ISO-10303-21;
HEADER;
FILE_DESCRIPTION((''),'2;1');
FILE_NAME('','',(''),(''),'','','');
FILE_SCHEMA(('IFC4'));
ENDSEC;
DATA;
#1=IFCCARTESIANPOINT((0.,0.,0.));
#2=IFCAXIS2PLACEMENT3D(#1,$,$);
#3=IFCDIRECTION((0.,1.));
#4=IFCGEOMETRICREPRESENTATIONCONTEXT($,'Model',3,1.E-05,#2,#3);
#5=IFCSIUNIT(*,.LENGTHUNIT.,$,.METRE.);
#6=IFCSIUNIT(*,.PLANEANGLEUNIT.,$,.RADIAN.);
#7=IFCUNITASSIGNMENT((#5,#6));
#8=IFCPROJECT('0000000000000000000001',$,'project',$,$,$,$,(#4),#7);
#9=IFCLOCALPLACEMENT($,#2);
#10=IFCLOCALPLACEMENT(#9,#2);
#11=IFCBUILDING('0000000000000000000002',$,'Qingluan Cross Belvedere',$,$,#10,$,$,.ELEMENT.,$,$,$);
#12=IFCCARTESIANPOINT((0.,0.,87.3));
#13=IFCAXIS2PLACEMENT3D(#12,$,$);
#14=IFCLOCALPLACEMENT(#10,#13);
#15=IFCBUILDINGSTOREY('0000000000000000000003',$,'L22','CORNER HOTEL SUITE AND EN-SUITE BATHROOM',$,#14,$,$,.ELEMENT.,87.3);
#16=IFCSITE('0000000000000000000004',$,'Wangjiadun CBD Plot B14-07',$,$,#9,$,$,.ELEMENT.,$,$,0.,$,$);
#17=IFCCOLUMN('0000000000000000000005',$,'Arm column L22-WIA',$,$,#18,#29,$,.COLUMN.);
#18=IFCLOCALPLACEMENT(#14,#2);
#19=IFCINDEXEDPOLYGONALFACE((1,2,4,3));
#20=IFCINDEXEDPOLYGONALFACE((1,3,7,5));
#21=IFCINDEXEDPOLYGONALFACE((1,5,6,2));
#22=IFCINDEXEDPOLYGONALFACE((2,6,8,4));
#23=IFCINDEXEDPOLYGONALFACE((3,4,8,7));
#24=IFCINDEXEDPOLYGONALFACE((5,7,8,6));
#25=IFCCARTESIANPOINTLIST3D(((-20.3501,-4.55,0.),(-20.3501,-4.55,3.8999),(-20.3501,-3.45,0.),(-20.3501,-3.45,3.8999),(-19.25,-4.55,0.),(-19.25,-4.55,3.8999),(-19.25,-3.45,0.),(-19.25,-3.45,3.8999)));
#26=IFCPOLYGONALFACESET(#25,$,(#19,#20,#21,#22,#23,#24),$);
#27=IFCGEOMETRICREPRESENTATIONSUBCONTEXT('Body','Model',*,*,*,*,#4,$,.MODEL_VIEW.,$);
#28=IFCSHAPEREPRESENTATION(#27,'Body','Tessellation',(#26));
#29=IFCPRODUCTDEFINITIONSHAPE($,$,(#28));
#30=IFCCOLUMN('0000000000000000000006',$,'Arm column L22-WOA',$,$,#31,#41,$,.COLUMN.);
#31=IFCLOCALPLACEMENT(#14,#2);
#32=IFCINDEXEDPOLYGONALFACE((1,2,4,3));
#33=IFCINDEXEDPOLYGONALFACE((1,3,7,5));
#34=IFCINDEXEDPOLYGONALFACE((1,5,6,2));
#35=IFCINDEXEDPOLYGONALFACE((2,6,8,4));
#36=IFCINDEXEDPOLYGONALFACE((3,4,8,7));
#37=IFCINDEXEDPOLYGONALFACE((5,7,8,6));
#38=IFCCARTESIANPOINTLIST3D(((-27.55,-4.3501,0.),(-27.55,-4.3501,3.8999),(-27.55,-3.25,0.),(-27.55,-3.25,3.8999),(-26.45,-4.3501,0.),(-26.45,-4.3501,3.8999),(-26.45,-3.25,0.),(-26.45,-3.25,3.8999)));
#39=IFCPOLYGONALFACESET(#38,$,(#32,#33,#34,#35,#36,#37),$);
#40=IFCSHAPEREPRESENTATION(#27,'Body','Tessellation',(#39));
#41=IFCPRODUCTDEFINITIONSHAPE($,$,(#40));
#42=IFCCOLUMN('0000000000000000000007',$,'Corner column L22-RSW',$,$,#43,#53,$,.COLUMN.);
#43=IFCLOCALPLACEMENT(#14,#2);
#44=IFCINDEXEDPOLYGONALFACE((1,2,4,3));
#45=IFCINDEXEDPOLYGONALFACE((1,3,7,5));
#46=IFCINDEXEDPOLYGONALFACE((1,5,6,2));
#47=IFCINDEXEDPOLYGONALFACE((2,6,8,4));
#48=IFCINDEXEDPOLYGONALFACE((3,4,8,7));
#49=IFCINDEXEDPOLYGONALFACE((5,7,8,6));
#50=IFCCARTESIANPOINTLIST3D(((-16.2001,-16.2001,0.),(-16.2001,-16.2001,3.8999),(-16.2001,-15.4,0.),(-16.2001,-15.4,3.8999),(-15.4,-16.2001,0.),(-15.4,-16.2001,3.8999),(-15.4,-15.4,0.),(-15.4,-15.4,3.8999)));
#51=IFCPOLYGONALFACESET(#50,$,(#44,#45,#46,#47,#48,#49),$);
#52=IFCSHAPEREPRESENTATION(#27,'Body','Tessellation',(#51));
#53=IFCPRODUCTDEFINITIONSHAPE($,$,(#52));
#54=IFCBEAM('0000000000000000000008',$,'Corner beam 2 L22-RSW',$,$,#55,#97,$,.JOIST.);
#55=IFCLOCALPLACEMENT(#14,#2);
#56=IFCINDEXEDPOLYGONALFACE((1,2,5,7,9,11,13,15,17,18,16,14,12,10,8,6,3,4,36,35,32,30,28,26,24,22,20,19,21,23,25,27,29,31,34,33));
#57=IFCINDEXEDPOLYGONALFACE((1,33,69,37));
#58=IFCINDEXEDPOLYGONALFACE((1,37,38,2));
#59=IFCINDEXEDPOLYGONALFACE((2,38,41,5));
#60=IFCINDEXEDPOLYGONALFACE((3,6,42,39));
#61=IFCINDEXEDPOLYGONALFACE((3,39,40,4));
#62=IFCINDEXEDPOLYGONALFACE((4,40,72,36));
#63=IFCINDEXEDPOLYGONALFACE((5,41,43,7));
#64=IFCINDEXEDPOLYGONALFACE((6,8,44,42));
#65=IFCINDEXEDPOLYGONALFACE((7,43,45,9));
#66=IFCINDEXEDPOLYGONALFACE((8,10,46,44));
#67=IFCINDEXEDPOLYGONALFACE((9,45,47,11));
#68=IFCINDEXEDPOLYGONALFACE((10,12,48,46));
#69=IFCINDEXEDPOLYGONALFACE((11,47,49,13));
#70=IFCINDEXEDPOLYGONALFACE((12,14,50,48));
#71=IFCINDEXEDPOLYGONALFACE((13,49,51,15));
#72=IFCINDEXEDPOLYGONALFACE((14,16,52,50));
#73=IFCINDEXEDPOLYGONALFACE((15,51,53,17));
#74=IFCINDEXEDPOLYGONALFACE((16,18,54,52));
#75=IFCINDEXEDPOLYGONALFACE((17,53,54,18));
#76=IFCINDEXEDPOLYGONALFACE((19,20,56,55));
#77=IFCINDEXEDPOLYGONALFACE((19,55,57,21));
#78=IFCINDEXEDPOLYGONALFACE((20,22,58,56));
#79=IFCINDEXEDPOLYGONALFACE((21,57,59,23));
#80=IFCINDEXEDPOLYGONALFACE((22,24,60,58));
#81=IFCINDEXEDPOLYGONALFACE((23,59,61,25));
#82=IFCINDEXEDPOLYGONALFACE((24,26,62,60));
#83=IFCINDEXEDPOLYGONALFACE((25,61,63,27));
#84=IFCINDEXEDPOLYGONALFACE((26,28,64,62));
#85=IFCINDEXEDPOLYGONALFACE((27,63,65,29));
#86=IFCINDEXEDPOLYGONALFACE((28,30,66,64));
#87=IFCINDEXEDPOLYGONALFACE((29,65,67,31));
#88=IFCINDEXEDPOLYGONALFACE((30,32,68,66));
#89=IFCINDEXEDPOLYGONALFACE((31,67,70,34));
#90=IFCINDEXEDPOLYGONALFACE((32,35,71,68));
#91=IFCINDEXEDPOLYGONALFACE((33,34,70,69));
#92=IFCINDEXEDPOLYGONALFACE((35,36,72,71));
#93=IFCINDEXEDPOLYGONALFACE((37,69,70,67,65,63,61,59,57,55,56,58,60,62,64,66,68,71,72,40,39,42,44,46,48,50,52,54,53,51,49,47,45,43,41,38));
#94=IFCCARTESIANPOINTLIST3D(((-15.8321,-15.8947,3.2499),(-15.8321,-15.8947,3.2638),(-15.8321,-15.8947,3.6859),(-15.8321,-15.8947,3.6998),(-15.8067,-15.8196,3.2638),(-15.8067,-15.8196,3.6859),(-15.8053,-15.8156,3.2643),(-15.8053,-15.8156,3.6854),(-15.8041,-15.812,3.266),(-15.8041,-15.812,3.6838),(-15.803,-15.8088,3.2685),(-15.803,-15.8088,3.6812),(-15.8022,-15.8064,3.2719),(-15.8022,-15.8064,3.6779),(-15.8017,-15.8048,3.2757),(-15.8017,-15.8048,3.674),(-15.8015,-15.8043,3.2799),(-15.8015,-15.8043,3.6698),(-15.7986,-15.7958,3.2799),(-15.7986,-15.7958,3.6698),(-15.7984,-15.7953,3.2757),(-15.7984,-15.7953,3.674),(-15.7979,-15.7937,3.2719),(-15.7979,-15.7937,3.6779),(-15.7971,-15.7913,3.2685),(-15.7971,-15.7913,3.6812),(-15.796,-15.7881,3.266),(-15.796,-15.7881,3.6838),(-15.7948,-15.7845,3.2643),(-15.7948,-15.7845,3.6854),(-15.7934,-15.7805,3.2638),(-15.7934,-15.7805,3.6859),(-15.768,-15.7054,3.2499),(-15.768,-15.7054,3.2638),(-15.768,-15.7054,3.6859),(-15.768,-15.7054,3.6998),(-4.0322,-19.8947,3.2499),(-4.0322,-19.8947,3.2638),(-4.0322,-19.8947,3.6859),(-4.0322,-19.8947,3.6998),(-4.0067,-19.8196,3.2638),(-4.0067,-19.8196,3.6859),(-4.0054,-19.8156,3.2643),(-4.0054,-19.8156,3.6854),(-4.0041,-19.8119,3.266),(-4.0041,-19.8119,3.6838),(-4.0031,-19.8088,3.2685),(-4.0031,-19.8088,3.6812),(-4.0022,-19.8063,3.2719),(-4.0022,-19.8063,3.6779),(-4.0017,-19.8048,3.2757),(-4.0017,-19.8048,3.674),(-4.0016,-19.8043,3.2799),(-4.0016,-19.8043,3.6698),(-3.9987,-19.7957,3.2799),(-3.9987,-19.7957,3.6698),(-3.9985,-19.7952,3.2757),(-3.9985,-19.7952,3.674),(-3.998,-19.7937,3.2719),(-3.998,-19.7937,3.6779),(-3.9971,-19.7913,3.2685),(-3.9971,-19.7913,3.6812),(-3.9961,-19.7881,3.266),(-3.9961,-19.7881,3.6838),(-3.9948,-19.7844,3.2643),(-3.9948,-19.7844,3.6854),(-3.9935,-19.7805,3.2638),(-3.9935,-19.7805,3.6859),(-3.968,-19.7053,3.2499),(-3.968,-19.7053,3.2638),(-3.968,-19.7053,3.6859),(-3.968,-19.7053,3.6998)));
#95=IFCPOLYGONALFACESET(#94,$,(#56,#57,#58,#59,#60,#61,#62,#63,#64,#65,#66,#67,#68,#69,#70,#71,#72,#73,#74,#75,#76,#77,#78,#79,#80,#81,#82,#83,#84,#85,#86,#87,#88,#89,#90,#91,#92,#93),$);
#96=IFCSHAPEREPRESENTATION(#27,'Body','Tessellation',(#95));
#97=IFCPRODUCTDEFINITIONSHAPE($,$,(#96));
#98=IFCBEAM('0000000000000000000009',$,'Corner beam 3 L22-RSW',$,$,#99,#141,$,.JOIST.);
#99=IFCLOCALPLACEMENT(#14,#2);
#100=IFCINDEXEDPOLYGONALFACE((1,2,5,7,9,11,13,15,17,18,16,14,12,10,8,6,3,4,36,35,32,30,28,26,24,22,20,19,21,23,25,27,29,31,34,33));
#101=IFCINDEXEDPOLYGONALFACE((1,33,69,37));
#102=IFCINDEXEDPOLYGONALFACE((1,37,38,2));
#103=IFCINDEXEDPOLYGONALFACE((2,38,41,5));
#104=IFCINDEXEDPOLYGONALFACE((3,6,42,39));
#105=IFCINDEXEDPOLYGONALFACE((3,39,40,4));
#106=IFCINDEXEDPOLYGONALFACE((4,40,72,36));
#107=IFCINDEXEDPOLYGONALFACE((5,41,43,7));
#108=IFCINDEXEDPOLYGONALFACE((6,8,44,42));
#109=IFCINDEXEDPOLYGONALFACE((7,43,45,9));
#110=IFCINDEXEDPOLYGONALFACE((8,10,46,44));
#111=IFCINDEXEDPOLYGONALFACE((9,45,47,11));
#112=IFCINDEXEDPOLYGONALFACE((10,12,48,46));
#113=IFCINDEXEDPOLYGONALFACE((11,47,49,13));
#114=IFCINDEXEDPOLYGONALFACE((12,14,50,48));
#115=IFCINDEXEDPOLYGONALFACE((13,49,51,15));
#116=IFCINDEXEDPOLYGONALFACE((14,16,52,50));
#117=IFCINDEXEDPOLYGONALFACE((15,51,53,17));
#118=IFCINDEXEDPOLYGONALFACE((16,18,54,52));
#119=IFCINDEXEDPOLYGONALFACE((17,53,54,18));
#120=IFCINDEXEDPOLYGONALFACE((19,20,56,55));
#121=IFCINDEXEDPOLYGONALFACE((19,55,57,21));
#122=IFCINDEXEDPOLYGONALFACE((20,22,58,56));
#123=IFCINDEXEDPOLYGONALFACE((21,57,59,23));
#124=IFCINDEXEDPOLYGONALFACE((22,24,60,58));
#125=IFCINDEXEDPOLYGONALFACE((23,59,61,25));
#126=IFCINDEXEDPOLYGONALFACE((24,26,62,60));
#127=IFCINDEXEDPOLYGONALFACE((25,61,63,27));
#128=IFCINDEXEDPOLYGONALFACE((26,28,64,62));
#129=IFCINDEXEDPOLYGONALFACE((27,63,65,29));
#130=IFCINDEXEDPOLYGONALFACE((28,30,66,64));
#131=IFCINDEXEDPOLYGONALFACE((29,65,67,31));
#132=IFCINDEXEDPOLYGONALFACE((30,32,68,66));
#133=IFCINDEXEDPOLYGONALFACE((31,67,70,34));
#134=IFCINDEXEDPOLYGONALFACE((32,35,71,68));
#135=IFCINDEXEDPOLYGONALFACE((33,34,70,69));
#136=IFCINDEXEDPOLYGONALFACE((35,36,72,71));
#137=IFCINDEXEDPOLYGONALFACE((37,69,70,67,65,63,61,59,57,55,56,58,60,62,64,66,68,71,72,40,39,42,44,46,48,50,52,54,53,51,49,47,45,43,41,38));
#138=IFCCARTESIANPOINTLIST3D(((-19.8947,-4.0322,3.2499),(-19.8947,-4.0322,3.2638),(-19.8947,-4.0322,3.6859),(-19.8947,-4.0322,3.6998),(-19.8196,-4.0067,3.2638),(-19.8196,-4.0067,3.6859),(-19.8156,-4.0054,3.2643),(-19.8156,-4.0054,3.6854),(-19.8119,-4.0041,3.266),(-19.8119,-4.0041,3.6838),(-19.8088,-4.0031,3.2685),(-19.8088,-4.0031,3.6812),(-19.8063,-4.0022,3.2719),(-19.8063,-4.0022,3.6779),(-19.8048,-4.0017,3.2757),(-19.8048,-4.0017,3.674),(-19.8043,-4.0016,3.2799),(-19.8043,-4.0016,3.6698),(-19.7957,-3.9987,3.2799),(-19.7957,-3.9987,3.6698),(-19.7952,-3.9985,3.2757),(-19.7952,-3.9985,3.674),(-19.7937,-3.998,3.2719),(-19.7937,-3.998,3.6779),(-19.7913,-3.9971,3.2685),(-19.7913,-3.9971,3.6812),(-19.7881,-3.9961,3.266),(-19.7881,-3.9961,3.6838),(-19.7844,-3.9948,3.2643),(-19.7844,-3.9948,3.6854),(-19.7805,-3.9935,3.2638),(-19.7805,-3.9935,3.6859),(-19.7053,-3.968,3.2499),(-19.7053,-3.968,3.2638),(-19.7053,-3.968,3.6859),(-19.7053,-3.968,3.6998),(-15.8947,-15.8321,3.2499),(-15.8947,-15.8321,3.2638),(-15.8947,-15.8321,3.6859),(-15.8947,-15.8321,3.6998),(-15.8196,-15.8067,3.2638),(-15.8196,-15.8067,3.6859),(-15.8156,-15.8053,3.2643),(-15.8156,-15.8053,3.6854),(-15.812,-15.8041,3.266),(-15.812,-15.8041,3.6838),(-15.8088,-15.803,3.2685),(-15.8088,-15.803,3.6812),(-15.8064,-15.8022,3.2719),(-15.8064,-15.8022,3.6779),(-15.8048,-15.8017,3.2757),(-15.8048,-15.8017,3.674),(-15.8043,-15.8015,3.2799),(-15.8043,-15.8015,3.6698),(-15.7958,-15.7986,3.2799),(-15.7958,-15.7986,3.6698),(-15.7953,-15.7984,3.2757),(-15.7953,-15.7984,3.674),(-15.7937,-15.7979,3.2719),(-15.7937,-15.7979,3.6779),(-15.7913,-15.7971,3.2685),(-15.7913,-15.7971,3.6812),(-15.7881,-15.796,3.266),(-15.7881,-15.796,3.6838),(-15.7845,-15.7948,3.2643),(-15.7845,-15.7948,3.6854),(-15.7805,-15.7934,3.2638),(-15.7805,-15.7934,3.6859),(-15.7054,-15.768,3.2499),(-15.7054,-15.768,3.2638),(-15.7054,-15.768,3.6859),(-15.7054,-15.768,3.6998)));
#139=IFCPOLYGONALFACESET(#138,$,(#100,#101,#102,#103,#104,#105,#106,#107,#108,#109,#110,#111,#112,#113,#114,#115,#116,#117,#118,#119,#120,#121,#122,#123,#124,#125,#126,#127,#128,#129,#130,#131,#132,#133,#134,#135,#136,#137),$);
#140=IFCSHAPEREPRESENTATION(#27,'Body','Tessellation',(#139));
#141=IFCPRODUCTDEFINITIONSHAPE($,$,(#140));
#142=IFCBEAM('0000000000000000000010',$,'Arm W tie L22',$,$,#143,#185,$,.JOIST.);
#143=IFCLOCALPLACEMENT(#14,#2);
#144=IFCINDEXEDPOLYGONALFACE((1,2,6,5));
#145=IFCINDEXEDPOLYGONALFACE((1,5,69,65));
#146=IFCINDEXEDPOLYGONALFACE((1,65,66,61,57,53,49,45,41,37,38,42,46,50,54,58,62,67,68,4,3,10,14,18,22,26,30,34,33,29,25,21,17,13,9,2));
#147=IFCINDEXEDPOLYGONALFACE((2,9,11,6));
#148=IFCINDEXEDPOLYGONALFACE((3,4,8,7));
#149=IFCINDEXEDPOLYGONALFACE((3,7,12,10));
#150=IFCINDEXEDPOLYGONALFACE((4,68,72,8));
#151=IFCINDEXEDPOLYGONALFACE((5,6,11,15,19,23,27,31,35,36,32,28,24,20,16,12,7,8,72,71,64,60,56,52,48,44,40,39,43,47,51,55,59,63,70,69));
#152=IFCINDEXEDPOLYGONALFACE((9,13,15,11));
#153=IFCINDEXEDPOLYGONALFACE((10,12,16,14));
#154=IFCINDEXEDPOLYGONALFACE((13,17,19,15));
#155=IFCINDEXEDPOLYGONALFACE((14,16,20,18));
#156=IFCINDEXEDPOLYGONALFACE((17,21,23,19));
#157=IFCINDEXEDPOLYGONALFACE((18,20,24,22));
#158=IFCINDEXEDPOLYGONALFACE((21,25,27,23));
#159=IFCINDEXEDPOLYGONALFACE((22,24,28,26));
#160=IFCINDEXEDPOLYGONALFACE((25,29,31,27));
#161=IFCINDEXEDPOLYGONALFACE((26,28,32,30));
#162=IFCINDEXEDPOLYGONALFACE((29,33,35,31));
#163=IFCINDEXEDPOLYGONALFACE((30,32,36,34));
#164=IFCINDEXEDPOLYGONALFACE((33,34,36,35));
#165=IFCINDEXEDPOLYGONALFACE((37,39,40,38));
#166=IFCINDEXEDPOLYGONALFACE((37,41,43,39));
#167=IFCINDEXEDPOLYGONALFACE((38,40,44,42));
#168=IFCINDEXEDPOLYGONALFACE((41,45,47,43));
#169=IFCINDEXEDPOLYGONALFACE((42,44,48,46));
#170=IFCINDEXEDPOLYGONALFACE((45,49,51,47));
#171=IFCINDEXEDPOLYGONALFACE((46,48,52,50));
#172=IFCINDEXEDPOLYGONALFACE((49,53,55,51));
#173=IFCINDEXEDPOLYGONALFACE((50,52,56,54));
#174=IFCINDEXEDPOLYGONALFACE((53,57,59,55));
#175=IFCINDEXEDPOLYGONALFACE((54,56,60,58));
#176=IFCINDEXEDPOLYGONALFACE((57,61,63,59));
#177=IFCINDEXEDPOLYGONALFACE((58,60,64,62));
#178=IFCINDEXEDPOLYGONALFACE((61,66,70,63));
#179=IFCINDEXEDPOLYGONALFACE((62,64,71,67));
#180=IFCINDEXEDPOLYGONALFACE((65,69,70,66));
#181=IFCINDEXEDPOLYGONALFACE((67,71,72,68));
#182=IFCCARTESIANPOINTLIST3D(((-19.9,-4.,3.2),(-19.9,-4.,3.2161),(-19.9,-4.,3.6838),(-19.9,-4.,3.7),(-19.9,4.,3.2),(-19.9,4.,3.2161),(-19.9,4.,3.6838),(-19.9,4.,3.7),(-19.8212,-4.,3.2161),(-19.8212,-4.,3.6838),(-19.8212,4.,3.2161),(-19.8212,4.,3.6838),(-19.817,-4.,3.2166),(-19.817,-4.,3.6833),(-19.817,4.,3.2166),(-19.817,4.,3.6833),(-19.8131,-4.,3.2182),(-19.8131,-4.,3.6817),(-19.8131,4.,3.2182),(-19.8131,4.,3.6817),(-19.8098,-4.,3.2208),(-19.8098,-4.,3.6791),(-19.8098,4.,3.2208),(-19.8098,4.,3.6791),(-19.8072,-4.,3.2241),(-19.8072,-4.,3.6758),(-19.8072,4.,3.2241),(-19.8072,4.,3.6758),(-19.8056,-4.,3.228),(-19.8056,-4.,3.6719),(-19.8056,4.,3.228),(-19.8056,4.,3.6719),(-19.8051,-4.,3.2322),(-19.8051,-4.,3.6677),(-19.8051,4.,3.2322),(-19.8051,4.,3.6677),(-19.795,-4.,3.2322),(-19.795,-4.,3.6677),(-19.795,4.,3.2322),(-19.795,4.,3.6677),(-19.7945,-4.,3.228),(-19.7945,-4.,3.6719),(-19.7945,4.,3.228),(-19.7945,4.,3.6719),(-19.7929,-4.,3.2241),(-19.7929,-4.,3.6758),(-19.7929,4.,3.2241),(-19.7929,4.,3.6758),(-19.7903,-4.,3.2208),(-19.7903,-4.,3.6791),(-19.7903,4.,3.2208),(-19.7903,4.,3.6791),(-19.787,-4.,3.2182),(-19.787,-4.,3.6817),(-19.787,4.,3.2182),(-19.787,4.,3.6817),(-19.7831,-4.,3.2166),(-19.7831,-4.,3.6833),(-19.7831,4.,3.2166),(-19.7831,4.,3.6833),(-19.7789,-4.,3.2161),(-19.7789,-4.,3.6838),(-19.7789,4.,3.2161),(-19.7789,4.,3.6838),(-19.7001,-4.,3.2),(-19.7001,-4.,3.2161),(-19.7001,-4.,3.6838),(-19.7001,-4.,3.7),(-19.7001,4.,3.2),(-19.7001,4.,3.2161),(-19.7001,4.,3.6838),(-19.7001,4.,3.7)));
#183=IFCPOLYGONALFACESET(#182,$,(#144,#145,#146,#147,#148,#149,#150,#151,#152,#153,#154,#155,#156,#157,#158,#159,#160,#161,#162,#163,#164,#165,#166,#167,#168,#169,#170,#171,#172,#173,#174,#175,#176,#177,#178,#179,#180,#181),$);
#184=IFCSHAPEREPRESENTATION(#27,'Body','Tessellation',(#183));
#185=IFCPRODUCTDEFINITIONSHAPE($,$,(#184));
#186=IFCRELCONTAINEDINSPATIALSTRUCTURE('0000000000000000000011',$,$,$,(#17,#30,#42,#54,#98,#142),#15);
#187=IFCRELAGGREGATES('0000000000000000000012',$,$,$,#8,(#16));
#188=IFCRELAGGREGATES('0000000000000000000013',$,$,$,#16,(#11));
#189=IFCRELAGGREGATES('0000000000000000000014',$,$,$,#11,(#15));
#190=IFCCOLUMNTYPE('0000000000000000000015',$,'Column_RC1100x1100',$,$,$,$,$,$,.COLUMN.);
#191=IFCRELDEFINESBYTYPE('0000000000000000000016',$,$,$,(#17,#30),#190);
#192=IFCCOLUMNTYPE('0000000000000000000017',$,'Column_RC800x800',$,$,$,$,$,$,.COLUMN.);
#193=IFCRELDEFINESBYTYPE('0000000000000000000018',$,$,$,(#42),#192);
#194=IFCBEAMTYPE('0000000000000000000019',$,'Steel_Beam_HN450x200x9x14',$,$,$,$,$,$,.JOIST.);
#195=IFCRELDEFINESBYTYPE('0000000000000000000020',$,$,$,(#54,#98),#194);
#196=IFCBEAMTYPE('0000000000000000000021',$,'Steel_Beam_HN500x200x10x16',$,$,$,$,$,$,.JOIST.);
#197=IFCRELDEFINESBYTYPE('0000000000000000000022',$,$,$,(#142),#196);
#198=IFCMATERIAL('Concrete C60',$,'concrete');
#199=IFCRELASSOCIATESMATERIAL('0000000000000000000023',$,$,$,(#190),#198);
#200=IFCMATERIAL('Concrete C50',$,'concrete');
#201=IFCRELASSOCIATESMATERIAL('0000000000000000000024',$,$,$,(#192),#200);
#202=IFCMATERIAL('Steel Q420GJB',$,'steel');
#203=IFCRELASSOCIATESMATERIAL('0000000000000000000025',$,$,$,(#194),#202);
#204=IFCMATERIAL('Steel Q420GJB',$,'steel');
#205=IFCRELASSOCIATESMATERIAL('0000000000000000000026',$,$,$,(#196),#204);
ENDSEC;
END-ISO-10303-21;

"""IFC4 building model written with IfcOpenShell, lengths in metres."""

from ifc_helpers import new_model, si_unit, direction, frame, origin, origin_2d, place, context, subcontext, project, spatial, rectangle, i_section, extrude, material, material_profile, profile_set, type_object, element, save


model = new_model("IFC4")

# Units and contexts
model_context = context("Model", 3, precision=1e-05, world=origin(), true_north=direction((0.0, 1.0)))
body_context = subcontext(model_context, "Body", "Model", "MODEL_VIEW")
ifc_project = project(units=[si_unit("LENGTHUNIT", "METRE"), si_unit("PLANEANGLEUNIT", "RADIAN")], contexts=[model_context])

# Site, building, storey
site_placement = place(None, origin())
site = spatial("IfcSite", under=ifc_project, at=site_placement, Name="Wangjiadun CBD Plot B14-07", CompositionType="ELEMENT", RefElevation=0.0)
building_placement = place(site_placement, origin())
building = spatial("IfcBuilding", under=site, at=building_placement, Name="Qingluan Cross Belvedere", CompositionType="ELEMENT")
storey_placement = place(building_placement, frame((0.0, 0.0, 87.3)))
storey = spatial("IfcBuildingStorey", under=building, at=storey_placement, Name="L22", Description="CORNER HOTEL SUITE AND EN-SUITE BATHROOM", CompositionType="ELEMENT", Elevation=87.3)

# Columns
ifc_material_1 = material(Name="Concrete C60", Category="concrete")
ifc_material_profile_1 = material_profile(ifc_material_1, rectangle(XDim=1.1001, YDim=1.1001, at=origin_2d()), Name="RC1100x1100")
ifc_profile_set_1 = profile_set([ifc_material_profile_1], Name="Concrete C60")
column_type_1 = type_object("IfcColumnType", Name="Column_RC1100x1100", PredefinedType="COLUMN", material=ifc_profile_set_1)
for number, where, z_axis, x_axis, name in (
    (1, (-19.8, -4.0, 0.0), (0.0, 0.0, 1.0), (1.0, 0.0, 0.0), "Arm column L22-WIA"),
    (2, (-27.0, -3.8, 0.0), (0.0, 0.0, 1.0), (1.0, 0.0, 0.0), "Arm column L22-WOA"),
):
    element("IfcColumn", number, at=place(storey_placement, frame(where, z_axis=z_axis, x_axis=x_axis)), inside=storey, type_object=column_type_1, Name=name, PredefinedType="COLUMN", context=body_context, shape_type="SweptSolid", body=[
        extrude(rectangle(XDim=1.1001, YDim=1.1001, at=origin_2d()), origin(), (0.0, 0.0, 1.0), 3.8999),
    ])
ifc_material_2 = material(Name="Concrete C50", Category="concrete")
ifc_material_profile_2 = material_profile(ifc_material_2, rectangle(XDim=0.8, YDim=0.8, at=origin_2d()), Name="RC800x800")
ifc_profile_set_2 = profile_set([ifc_material_profile_2], Name="Concrete C50")
column_type_2 = type_object("IfcColumnType", Name="Column_RC800x800", PredefinedType="COLUMN", material=ifc_profile_set_2)
column_placement = place(storey_placement, frame((-15.8, -15.8, 0.0), z_axis=(0.0, 0.0, 1.0), x_axis=(1.0, 0.0, 0.0)))
element("IfcColumn", 3, at=column_placement, inside=storey, type_object=column_type_2, Name="Corner column L22-RSW", PredefinedType="COLUMN", context=body_context, shape_type="SweptSolid", body=[
    extrude(rectangle(XDim=0.8, YDim=0.8, at=origin_2d()), origin(), (0.0, 0.0, 1.0), 3.8999),
])

# Beams
ifc_material_3 = material(Name="Steel Q420GJB", Category="steel")
ifc_material_profile_3 = material_profile(ifc_material_3, i_section(OverallWidth=0.2, OverallDepth=0.45, WebThickness=0.009, FlangeThickness=0.0139, FilletRadius=0.0161, at=origin_2d()), Name="HN450x200x9x14")
ifc_profile_set_3 = profile_set([ifc_material_profile_3], Name="Steel Q420GJB")
beam_type_1 = type_object("IfcBeamType", Name="Steel_Beam_HN450x200x9x14", PredefinedType="JOIST", material=ifc_profile_set_3)
for number, where, z_axis, x_axis, name in (
    (4, (-15.8, -15.8, 3.4749), (0.947066, -0.321038, 0.0), (0.321038, 0.947066, 0.0), "Corner beam 2 L22-RSW"),
    (5, (-15.8, -15.8, 3.4749), (-0.321038, 0.947066, 0.0), (-0.947066, -0.321038, 0.0), "Corner beam 3 L22-RSW"),
):
    element("IfcBeam", number, at=place(storey_placement, frame(where, z_axis=z_axis, x_axis=x_axis)), inside=storey, type_object=beam_type_1, Name=name, PredefinedType="JOIST", context=body_context, shape_type="SweptSolid", body=[
        extrude(i_section(OverallWidth=0.2, OverallDepth=0.45, WebThickness=0.009, FlangeThickness=0.0139, FilletRadius=0.0161, at=origin_2d()), origin(), (0.0, 0.0, 1.0), 12.4595),
    ])
ifc_material_4 = material(Name="Steel Q420GJB", Category="steel")
ifc_material_profile_4 = material_profile(ifc_material_4, i_section(OverallWidth=0.2, OverallDepth=0.5, WebThickness=0.01, FlangeThickness=0.0161, FilletRadius=0.0161, at=origin_2d()), Name="HN500x200x10x16")
ifc_profile_set_4 = profile_set([ifc_material_profile_4], Name="Steel Q420GJB")
beam_type_2 = type_object("IfcBeamType", Name="Steel_Beam_HN500x200x10x16", PredefinedType="JOIST", material=ifc_profile_set_4)
beam_1_placement = place(storey_placement, frame((-19.8, -4.0, 3.45), z_axis=(0.0, 1.0, 0.0), x_axis=(-1.0, 0.0, 0.0)))
element("IfcBeam", 6, at=beam_1_placement, inside=storey, type_object=beam_type_2, Name="Arm W tie L22", PredefinedType="JOIST", context=body_context, shape_type="SweptSolid", body=[
    extrude(i_section(OverallWidth=0.2, OverallDepth=0.5, WebThickness=0.01, FlangeThickness=0.0161, FilletRadius=0.0161, at=origin_2d()), origin(), (0.0, 0.0, 1.0), 8.0),
])

save(model, "model.ifc")
